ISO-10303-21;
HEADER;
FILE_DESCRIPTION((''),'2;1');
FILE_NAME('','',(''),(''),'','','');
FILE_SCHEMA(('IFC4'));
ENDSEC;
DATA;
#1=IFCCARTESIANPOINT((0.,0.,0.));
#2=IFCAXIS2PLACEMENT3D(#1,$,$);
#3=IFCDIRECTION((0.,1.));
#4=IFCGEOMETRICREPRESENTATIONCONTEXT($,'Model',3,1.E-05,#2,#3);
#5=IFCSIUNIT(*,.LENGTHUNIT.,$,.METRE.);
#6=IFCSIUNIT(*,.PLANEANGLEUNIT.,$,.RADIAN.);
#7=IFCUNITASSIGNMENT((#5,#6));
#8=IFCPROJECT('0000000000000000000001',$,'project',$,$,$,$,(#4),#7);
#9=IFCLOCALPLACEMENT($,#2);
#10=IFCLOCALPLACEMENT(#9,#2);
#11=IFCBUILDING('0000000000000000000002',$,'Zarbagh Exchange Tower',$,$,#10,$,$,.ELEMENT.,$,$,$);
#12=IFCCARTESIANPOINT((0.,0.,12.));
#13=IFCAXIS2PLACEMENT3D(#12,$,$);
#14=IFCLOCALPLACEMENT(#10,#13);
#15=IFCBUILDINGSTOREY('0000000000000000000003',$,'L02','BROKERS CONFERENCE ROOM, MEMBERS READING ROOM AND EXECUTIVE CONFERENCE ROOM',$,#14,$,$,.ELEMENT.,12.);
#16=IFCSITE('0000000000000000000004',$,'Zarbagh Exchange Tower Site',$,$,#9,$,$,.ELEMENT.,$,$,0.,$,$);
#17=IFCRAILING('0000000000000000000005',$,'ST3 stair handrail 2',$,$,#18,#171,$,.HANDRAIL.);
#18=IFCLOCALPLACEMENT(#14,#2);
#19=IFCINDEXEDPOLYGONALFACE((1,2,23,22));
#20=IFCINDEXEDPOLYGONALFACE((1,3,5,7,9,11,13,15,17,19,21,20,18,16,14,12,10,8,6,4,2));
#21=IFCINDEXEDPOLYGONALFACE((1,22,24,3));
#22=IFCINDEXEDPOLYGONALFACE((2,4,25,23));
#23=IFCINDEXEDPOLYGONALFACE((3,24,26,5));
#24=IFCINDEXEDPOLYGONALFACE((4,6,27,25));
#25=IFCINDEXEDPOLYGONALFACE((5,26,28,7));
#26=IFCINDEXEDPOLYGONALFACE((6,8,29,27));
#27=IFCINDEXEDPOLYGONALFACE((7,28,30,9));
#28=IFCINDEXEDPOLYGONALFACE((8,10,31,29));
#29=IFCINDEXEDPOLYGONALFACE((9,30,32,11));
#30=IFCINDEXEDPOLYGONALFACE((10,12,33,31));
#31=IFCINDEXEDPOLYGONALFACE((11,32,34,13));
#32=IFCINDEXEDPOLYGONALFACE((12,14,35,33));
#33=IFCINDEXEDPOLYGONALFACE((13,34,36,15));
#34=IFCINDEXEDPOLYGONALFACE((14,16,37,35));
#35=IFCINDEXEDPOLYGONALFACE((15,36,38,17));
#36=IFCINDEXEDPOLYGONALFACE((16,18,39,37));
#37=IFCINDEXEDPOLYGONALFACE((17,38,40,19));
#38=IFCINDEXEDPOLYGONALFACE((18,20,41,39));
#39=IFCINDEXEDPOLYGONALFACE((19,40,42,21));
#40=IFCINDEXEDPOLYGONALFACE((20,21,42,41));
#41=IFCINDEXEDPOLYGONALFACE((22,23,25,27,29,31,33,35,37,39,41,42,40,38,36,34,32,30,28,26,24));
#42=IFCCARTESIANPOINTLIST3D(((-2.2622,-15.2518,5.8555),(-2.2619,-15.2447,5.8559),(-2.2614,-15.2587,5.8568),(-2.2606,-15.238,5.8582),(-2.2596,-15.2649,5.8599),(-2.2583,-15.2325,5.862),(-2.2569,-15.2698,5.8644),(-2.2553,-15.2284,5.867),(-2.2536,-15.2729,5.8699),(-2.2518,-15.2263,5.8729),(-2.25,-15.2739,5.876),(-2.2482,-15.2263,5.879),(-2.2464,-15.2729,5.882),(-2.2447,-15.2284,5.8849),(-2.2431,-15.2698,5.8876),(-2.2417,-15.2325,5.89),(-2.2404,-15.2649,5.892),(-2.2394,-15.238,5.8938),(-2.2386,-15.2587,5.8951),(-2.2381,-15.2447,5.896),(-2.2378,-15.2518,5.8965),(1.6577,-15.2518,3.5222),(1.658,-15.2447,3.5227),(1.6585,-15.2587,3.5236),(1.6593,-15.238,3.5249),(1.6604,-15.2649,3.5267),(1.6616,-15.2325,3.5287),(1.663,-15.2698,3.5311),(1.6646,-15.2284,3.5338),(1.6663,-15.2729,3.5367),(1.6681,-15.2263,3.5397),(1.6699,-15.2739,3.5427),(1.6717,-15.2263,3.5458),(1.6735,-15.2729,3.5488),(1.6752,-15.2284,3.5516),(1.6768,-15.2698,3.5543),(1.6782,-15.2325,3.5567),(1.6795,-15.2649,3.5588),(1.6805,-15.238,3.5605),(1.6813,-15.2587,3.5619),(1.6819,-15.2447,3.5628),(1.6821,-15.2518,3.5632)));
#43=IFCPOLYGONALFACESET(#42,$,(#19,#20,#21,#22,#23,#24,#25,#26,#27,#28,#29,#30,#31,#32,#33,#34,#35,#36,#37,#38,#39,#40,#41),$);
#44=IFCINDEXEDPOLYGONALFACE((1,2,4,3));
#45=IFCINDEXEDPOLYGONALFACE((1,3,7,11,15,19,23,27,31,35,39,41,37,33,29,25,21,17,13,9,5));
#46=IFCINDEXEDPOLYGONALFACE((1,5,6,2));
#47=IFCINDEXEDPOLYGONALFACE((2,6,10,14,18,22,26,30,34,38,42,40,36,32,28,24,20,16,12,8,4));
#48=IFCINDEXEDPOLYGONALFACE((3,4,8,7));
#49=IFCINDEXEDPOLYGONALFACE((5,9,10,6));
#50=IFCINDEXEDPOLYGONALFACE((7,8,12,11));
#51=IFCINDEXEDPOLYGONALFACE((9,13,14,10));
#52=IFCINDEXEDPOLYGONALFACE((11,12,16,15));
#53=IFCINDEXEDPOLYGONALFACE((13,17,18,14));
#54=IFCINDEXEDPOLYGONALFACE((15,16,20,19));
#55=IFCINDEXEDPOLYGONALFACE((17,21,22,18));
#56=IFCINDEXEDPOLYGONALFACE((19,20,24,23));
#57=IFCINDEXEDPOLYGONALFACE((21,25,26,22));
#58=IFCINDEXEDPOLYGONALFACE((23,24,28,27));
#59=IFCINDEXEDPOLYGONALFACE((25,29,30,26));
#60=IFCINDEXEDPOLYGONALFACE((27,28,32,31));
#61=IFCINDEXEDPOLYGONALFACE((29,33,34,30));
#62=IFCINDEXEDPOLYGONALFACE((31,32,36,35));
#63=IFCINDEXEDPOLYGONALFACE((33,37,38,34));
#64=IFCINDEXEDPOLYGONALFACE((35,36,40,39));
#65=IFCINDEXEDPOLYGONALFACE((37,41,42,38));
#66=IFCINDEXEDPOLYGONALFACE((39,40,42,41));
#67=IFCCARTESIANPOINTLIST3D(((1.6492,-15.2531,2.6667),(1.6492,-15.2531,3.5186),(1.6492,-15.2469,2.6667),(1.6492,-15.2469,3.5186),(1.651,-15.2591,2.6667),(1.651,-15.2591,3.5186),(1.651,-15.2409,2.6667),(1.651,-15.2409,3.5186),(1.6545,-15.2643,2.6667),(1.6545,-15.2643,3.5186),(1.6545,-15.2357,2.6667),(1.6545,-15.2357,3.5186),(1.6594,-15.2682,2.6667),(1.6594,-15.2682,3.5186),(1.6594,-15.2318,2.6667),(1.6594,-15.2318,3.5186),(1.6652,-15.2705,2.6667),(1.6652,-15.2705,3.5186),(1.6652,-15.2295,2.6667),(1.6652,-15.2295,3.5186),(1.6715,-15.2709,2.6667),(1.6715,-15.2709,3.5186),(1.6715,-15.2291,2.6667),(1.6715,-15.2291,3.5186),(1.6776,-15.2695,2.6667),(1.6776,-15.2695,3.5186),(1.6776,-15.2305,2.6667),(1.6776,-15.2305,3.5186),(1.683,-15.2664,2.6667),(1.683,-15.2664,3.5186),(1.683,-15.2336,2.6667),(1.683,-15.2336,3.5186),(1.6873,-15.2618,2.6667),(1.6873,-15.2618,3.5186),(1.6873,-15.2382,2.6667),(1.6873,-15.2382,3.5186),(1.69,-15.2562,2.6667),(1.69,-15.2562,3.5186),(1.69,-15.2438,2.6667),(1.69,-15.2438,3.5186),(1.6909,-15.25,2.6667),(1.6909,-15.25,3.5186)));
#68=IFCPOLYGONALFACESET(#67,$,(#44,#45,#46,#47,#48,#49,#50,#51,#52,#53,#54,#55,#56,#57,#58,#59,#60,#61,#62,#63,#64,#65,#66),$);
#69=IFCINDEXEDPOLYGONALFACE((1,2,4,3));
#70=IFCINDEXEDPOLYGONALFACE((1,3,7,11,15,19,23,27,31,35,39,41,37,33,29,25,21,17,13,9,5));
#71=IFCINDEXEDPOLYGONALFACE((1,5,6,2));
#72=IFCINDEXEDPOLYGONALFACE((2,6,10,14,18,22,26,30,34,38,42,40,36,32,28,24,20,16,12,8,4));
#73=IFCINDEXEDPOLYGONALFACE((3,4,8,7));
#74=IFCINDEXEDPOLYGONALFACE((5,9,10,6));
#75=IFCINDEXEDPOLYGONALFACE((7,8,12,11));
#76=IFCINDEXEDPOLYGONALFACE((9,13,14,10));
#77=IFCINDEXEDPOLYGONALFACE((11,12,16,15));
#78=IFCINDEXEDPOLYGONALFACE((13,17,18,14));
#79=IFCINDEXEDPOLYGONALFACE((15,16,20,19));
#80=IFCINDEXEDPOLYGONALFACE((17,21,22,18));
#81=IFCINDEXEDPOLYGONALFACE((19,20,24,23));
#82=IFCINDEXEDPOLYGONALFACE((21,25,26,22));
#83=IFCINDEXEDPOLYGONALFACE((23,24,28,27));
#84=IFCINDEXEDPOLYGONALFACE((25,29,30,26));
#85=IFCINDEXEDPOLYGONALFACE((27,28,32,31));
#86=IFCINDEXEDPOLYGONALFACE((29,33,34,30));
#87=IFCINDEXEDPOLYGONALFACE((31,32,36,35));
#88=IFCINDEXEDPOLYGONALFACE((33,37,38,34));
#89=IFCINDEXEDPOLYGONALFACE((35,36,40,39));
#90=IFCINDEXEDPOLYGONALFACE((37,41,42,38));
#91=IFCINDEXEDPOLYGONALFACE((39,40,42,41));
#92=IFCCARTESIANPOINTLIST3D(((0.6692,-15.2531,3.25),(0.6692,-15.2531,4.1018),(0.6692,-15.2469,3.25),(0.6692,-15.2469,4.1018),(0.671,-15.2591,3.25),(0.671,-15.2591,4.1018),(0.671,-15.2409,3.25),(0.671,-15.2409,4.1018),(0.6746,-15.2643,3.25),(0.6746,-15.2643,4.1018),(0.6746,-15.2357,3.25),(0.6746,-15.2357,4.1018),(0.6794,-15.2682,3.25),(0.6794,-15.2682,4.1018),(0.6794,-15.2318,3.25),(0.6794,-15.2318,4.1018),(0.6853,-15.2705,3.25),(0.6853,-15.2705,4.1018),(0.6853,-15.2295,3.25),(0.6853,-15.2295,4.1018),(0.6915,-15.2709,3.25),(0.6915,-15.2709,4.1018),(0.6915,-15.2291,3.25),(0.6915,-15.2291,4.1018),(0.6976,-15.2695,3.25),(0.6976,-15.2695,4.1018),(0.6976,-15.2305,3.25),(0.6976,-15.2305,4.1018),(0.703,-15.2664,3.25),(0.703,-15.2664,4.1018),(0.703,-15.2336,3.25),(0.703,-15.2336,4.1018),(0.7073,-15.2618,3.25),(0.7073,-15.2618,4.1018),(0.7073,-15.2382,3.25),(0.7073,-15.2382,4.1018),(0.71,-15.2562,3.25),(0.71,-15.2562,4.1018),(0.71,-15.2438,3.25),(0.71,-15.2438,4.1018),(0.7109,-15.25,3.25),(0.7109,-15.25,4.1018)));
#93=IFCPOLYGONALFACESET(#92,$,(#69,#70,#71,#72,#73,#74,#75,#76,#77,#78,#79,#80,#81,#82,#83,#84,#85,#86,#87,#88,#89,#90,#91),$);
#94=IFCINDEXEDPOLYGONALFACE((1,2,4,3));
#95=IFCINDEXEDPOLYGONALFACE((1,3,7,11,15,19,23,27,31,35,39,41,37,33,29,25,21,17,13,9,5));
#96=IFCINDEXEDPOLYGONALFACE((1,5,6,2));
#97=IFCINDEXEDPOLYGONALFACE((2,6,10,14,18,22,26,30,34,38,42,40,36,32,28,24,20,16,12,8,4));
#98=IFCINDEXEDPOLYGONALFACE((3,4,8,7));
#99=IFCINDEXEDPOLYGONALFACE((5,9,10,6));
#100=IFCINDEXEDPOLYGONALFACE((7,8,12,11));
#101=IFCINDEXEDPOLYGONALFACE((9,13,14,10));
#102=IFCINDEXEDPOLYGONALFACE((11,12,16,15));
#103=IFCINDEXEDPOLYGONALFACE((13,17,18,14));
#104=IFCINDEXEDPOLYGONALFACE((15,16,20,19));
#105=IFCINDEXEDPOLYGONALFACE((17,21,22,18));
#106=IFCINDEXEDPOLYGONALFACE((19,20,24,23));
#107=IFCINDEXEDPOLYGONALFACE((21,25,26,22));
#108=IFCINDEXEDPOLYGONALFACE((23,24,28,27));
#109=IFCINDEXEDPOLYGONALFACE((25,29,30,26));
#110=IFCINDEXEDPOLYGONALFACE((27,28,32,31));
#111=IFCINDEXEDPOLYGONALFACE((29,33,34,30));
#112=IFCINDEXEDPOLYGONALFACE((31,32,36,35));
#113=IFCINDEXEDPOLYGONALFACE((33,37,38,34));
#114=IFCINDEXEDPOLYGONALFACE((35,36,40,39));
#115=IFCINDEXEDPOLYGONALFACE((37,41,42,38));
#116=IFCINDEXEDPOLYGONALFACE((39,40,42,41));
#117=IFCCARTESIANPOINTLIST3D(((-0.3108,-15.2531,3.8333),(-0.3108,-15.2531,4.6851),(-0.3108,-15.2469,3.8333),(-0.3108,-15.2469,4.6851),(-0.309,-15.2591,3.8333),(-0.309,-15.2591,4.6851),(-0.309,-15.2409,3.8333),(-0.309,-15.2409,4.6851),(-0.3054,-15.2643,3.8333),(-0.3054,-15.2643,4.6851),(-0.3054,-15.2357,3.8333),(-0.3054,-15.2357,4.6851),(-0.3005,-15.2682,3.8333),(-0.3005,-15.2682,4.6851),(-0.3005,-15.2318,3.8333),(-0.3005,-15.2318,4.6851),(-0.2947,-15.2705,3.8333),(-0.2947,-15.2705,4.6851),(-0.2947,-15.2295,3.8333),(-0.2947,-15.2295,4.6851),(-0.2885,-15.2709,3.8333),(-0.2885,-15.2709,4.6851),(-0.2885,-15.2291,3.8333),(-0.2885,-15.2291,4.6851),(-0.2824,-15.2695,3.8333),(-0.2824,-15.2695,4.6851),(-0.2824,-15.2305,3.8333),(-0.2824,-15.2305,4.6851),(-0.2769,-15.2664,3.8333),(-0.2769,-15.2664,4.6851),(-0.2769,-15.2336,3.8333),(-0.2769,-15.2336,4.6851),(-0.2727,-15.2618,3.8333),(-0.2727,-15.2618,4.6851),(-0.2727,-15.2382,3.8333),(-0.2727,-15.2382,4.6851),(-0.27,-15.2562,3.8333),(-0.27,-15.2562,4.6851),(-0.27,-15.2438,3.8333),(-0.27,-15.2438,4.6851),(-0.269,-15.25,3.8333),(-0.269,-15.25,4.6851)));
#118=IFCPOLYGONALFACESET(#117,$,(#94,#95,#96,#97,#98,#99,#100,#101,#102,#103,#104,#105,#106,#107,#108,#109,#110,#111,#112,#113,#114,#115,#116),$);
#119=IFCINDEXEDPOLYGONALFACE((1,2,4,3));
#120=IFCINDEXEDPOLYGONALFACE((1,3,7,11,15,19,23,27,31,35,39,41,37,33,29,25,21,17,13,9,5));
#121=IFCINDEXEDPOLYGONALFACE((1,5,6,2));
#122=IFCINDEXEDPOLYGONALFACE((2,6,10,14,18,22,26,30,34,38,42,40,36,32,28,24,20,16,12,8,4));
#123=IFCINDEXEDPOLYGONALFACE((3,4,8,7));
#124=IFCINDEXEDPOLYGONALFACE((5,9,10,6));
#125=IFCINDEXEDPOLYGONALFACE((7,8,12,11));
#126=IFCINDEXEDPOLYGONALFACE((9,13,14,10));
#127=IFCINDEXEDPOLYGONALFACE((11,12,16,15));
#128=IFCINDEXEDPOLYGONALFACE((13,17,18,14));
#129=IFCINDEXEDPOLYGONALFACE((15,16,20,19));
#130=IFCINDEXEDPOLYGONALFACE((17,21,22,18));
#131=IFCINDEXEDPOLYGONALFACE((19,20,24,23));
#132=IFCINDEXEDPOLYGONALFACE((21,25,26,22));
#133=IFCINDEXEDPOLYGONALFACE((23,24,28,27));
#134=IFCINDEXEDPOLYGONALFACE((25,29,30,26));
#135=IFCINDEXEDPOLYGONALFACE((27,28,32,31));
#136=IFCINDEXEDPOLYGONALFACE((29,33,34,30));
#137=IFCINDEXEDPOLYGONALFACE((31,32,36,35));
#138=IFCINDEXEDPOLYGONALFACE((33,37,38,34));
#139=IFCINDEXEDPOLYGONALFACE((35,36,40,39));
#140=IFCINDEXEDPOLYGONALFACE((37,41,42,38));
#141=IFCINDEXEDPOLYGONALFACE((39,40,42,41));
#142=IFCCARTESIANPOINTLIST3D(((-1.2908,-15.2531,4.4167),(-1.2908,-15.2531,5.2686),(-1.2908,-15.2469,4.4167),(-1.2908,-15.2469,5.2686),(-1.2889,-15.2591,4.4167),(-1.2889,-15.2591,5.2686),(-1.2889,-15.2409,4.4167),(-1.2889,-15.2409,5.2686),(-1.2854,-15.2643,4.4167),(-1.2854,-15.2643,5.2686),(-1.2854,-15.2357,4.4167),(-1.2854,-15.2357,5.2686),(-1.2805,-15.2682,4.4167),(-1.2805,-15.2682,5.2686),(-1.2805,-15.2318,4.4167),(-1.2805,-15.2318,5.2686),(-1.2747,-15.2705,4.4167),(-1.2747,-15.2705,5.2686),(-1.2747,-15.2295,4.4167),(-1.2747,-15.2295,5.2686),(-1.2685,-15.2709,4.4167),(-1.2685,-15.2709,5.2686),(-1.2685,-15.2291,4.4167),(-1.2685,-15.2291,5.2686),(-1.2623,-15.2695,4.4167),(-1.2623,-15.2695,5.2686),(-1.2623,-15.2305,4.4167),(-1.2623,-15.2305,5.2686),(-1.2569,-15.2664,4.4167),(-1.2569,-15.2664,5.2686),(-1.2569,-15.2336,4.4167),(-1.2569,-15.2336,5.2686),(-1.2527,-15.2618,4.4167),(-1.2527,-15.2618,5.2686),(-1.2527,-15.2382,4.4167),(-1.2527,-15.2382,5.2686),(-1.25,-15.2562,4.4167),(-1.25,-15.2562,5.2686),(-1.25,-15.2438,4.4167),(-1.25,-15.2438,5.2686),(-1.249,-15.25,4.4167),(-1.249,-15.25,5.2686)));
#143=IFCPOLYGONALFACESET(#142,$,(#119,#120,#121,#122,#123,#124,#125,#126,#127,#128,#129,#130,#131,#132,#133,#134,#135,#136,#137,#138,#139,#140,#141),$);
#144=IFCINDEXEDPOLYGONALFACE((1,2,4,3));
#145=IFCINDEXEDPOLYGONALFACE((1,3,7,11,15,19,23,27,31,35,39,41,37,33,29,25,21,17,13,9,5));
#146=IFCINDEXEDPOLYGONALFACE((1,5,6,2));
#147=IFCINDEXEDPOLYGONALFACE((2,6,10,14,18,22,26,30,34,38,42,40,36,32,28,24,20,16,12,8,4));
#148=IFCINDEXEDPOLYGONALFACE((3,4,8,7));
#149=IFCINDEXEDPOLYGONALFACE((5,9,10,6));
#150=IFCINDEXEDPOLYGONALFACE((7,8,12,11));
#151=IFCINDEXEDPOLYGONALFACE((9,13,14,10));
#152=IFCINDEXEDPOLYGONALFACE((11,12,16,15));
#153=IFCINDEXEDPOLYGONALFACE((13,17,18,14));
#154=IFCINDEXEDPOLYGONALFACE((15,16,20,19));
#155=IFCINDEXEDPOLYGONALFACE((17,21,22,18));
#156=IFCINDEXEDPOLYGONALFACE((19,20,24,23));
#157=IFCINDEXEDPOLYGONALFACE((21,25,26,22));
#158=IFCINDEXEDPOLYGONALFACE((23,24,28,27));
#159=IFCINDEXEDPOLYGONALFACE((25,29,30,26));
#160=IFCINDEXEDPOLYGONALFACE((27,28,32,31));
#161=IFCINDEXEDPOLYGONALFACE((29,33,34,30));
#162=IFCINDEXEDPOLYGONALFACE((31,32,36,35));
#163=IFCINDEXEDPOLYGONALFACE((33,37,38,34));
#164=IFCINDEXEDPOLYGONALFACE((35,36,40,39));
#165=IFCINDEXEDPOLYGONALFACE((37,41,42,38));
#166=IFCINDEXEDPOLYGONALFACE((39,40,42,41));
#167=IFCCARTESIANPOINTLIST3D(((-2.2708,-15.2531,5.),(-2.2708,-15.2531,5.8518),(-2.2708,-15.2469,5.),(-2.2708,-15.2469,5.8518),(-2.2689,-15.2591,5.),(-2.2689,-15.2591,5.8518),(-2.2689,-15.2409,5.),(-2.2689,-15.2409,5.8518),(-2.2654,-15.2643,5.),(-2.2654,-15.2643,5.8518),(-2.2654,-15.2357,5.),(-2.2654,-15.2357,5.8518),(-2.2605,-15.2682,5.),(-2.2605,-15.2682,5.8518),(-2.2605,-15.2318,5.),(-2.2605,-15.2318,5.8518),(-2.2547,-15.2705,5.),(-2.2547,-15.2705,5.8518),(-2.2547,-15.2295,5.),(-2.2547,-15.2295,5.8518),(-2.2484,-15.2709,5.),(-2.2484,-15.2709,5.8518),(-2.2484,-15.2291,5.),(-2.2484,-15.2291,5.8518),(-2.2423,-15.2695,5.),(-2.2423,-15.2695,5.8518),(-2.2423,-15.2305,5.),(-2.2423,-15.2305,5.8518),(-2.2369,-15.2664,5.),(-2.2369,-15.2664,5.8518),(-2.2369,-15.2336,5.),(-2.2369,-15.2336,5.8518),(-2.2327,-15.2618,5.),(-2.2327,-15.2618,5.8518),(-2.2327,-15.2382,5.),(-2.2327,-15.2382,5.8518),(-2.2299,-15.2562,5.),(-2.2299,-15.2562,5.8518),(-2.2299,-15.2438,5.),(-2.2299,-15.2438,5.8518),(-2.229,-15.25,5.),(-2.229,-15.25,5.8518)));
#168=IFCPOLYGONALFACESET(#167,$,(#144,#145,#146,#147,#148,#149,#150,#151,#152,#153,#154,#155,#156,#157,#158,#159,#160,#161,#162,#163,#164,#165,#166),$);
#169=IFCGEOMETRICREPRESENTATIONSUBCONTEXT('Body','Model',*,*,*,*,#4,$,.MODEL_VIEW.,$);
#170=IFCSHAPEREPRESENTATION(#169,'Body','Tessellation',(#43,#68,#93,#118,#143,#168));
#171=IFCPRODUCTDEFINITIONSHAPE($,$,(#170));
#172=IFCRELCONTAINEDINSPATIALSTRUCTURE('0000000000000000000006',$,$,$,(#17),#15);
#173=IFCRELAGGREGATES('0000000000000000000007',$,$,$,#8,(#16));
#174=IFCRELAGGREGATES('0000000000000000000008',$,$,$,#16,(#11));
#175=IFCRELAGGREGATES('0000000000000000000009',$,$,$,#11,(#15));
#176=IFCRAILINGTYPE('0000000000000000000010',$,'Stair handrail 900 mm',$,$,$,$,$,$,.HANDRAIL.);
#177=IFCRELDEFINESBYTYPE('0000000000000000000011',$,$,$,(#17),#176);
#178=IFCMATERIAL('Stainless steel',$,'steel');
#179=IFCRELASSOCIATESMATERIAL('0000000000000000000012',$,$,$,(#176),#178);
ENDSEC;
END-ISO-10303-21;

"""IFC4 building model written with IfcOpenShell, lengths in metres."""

from ifc_helpers import new_model, si_unit, direction, frame, origin, origin_2d, place, context, subcontext, project, spatial, circle, extrude, material, type_object, element, save


model = new_model("IFC4")

# Units and contexts
model_context = context("Model", 3, precision=1e-05, world=origin(), true_north=direction((0.0, 1.0)))
body_context = subcontext(model_context, "Body", "Model", "MODEL_VIEW")
ifc_project = project(units=[si_unit("LENGTHUNIT", "METRE"), si_unit("PLANEANGLEUNIT", "RADIAN")], contexts=[model_context])

# Site, building, storey
site_placement = place(None, origin())
site = spatial("IfcSite", under=ifc_project, at=site_placement, Name="Zarbagh Exchange Tower Site", CompositionType="ELEMENT", RefElevation=0.0)
building_placement = place(site_placement, origin())
building = spatial("IfcBuilding", under=site, at=building_placement, Name="Zarbagh Exchange Tower", CompositionType="ELEMENT")
storey_placement = place(building_placement, frame((0.0, 0.0, 12.0)))
storey = spatial("IfcBuildingStorey", under=building, at=storey_placement, Name="L02", Description="BROKERS CONFERENCE ROOM, MEMBERS READING ROOM AND EXECUTIVE CONFERENCE ROOM", CompositionType="ELEMENT", Elevation=12.0)

# Railing
ifc_material_1 = material(Name="Stainless steel", Category="steel")
railing_type_1 = type_object("IfcRailingType", Name="Stair handrail 900 mm", PredefinedType="HANDRAIL", material=ifc_material_1)
for number, where, name in (
    (1, (1.6699, -15.25, 2.6667), "ST3 stair handrail 2"),
):
    element("IfcRailing", number, at=place(storey_placement, frame(where)), inside=storey, type_object=railing_type_1, Name=name, PredefinedType="HANDRAIL", context=body_context, shape_type="SweptSolid", body=[
        extrude(circle(Radius=0.0239, at=origin_2d()), frame((0.0, 0.0, 0.876), z_axis=(-0.859296, 0.0, 0.511478), x_axis=(0.0, -1.0, 0.0)), (0.0, 0.0, 1.0), 4.5618),
        extrude(circle(Radius=0.021, at=origin_2d()), origin(), (0.0, 0.0, 1.0), 0.8518),
        extrude(circle(Radius=0.021, at=origin_2d()), frame((-0.98, 0.0, 0.5833)), (0.0, 0.0, 1.0), 0.8518),
        extrude(circle(Radius=0.021, at=origin_2d()), frame((-1.96, 0.0, 1.1665)), (0.0, 0.0, 1.0), 0.8518),
        extrude(circle(Radius=0.021, at=origin_2d()), frame((-2.9399, 0.0, 1.75)), (0.0, 0.0, 1.0), 0.8518),
        extrude(circle(Radius=0.021, at=origin_2d()), frame((-3.9199, 0.0, 2.3333)), (0.0, 0.0, 1.0), 0.8518),
    ])

save(model, "model.ifc")
